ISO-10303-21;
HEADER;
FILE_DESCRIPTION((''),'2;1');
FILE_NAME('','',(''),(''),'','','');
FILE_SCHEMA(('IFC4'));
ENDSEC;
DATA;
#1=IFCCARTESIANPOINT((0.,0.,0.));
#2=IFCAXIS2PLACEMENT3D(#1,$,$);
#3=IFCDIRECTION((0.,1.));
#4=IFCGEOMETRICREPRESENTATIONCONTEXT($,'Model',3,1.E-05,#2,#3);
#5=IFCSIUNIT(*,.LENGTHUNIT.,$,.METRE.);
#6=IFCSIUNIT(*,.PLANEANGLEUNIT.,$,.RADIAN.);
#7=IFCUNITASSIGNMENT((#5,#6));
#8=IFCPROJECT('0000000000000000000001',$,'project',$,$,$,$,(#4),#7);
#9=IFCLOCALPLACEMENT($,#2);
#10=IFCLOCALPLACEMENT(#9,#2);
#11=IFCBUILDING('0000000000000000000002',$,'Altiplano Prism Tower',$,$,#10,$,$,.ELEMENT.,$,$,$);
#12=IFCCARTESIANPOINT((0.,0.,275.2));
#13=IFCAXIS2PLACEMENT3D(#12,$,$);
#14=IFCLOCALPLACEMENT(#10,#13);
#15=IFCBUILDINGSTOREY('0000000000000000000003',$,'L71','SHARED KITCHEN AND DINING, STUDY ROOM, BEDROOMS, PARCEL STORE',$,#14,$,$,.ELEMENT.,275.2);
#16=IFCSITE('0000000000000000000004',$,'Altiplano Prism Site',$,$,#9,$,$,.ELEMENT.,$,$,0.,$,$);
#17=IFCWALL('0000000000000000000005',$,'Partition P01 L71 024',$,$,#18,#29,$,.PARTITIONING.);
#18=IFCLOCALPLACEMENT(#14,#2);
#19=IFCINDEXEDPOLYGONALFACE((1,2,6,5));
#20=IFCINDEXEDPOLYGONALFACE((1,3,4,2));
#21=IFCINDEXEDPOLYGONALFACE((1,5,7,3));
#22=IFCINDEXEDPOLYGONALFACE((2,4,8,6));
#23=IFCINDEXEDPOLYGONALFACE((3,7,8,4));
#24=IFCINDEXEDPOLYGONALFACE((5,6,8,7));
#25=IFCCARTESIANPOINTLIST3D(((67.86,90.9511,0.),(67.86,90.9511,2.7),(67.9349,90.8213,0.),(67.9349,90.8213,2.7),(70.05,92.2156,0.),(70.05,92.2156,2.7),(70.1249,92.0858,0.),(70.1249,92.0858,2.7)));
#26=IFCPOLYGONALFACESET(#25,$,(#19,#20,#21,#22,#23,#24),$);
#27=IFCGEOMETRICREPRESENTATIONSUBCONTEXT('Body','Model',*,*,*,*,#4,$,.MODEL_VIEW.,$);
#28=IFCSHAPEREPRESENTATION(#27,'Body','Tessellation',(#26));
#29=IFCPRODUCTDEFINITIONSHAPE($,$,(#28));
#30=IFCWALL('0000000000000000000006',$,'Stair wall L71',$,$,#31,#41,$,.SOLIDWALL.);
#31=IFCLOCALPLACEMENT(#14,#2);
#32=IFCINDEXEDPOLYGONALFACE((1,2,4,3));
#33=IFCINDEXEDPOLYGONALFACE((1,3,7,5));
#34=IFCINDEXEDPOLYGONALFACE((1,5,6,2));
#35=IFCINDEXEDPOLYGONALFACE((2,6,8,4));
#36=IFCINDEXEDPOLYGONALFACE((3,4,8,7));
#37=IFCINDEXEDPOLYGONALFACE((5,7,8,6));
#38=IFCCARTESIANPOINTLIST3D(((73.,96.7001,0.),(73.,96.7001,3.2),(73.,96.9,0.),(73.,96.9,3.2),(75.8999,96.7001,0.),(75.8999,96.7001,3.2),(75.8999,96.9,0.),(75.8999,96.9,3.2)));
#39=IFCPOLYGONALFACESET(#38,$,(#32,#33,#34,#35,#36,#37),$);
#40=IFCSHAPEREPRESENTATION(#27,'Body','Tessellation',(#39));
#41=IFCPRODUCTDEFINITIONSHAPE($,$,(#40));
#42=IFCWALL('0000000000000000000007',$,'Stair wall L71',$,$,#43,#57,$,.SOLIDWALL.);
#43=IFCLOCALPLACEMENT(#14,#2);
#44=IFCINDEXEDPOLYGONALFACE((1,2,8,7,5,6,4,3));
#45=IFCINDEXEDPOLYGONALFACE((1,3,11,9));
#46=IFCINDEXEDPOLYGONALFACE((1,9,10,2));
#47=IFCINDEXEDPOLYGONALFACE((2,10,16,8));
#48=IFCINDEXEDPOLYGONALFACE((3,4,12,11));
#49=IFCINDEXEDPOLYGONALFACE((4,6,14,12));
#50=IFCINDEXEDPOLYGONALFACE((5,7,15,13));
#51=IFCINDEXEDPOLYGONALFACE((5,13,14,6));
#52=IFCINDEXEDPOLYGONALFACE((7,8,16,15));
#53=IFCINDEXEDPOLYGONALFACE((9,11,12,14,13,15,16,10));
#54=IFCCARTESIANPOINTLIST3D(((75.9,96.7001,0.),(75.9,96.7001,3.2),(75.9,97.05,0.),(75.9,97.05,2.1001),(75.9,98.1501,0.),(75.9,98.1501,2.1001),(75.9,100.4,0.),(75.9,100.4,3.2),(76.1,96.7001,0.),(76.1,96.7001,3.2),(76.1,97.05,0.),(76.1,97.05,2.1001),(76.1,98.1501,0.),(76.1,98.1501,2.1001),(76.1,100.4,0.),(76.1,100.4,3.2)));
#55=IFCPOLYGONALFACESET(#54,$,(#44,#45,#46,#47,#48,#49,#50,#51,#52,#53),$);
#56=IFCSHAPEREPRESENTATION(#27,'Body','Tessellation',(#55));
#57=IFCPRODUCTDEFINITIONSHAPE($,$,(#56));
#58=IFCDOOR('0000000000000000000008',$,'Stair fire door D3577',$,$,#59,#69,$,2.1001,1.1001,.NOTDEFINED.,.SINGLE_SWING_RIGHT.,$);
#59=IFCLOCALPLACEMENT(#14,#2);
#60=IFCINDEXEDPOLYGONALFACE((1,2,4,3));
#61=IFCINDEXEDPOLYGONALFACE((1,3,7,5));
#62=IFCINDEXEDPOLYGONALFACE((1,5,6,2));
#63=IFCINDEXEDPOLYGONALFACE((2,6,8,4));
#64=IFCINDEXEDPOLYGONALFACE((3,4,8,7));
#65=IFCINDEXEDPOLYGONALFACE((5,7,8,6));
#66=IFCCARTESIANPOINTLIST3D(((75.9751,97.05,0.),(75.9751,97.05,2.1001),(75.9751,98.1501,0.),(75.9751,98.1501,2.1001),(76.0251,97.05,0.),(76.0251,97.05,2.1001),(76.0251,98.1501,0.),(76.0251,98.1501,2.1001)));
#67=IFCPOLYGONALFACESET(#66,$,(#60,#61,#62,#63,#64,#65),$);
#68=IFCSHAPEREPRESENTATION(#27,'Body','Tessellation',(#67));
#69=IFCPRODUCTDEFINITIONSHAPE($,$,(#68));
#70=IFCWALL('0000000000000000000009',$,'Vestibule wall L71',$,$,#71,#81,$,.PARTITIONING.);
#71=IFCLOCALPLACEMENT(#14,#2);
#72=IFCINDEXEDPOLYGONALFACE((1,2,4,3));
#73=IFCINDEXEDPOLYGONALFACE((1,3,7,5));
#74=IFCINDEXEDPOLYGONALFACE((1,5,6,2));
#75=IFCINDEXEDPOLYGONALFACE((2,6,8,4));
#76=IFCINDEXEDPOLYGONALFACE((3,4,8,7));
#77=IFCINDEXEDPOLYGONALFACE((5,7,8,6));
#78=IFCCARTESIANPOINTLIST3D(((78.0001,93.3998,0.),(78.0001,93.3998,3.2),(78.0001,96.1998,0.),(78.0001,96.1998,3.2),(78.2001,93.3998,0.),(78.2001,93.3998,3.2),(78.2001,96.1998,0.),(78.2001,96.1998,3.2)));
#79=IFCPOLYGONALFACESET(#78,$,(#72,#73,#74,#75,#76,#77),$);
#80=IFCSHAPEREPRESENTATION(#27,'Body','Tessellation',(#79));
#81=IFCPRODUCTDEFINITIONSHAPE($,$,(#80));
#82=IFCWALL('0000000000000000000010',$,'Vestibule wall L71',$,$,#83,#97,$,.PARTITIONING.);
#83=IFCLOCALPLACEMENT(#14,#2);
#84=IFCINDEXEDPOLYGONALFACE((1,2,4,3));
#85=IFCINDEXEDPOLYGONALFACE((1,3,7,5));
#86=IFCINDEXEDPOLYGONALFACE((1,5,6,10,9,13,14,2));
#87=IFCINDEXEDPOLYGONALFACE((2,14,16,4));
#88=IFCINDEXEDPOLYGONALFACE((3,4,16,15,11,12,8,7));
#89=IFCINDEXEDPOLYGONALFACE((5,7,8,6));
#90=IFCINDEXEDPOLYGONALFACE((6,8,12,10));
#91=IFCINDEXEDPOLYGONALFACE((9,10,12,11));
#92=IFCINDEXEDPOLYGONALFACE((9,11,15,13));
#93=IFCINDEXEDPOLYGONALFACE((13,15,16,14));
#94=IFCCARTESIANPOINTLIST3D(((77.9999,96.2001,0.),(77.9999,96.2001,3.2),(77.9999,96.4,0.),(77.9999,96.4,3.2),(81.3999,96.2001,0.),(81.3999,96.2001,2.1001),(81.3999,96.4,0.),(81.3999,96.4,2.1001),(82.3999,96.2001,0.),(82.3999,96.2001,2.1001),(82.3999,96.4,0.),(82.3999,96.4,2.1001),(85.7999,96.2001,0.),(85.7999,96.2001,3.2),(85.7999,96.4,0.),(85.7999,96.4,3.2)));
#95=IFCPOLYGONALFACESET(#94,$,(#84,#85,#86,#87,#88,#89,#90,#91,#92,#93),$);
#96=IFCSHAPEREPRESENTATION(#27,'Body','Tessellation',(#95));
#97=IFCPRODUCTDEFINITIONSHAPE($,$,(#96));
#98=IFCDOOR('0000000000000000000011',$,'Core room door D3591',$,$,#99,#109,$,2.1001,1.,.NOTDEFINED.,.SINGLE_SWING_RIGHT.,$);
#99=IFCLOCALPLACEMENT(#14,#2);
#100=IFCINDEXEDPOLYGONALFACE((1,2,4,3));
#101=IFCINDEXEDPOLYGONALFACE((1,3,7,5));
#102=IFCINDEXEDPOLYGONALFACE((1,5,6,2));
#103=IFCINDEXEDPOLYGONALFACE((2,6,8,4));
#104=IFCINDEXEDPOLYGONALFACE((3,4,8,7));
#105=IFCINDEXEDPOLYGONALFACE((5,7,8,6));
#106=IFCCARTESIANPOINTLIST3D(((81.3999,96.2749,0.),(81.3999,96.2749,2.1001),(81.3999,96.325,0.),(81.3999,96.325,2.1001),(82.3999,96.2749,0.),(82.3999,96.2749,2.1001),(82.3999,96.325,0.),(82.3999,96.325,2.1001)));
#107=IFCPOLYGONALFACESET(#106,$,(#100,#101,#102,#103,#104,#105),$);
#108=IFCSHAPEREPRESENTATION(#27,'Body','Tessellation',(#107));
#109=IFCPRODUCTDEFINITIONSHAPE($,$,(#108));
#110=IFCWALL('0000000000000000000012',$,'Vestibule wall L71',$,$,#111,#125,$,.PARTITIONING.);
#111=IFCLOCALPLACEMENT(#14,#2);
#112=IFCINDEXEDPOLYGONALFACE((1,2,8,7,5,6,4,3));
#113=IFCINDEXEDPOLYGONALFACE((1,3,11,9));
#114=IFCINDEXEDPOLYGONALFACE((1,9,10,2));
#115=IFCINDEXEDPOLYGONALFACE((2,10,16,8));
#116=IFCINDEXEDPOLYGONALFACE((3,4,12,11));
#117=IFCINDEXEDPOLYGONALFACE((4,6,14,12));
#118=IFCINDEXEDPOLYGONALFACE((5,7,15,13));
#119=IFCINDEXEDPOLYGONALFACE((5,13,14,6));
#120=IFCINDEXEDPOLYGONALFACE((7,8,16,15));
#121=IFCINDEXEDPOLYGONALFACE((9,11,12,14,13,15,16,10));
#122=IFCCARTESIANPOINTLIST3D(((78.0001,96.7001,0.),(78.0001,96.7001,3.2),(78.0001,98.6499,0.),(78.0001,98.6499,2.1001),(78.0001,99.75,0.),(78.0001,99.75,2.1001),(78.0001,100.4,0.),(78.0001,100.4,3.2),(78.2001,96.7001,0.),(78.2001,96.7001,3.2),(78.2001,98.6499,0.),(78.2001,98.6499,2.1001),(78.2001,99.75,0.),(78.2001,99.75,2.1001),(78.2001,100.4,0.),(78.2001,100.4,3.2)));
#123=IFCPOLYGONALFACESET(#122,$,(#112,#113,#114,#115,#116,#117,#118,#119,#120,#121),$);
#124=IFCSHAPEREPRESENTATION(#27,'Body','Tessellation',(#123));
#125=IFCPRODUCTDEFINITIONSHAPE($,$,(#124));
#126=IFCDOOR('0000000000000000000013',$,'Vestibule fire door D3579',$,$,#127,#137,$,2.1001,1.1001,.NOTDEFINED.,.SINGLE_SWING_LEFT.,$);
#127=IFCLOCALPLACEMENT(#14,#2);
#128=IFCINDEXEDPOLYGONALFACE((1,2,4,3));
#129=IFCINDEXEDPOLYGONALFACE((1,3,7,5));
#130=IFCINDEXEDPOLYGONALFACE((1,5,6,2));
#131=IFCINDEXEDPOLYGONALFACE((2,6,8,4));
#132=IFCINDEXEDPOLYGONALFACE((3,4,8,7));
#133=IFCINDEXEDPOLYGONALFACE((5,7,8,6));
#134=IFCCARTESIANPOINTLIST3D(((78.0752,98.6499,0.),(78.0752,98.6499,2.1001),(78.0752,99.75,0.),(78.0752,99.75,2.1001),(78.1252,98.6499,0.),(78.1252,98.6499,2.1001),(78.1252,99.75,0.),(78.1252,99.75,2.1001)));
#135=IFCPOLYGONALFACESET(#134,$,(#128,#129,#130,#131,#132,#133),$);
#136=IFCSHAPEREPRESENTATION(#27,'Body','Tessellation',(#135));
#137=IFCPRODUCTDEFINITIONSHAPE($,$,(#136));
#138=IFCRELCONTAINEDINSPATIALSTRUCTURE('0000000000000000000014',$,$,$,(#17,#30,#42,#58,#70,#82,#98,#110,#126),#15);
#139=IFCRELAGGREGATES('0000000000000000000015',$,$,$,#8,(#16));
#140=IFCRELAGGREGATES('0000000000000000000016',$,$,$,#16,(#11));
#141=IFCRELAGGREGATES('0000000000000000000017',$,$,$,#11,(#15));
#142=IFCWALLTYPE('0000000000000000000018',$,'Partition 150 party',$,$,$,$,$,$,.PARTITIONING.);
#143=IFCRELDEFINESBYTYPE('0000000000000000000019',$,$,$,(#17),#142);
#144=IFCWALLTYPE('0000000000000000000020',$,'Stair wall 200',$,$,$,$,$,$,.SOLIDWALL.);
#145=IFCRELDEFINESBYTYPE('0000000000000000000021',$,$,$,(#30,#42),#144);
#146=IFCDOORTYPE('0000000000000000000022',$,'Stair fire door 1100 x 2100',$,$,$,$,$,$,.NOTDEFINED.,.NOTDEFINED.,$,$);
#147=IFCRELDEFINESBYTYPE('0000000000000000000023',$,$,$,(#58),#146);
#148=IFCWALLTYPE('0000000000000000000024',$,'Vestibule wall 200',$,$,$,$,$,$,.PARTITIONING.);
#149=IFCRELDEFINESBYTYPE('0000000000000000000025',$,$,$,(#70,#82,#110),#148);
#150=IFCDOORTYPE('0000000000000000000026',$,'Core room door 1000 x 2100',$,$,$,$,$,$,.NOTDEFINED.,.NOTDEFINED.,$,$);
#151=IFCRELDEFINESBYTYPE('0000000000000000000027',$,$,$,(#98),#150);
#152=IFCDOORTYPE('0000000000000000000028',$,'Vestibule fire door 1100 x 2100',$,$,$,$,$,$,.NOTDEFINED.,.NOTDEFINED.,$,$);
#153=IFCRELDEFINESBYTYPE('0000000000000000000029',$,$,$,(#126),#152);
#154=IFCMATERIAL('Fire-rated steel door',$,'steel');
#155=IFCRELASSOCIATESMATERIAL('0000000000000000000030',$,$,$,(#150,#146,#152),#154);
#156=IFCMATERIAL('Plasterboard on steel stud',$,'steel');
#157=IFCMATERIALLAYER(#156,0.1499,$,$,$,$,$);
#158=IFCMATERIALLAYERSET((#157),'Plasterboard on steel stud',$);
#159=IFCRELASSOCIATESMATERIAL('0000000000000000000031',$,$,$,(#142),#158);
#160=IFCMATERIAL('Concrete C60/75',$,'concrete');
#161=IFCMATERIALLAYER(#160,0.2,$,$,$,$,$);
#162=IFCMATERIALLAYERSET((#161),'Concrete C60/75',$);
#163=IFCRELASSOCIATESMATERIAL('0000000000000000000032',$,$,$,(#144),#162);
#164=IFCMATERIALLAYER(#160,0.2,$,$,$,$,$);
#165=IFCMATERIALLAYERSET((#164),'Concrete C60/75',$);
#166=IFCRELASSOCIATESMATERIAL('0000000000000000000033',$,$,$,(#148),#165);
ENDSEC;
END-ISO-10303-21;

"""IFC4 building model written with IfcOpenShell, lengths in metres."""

from ifc_helpers import new_model, si_unit, direction, frame, frame_2d, origin, place, context, subcontext, project, spatial, rectangle, extrude, material, layer, layer_set, type_object, element, fill, save


model = new_model("IFC4")

# Units and contexts
model_context = context("Model", 3, precision=1e-05, world=origin(), true_north=direction((0.0, 1.0)))
body_context = subcontext(model_context, "Body", "Model", "MODEL_VIEW")
ifc_project = project(units=[si_unit("LENGTHUNIT", "METRE"), si_unit("PLANEANGLEUNIT", "RADIAN")], contexts=[model_context])

# Site, building, storey
site_placement = place(None, origin())
site = spatial("IfcSite", under=ifc_project, at=site_placement, Name="Altiplano Prism Site", CompositionType="ELEMENT", RefElevation=0.0)
building_placement = place(site_placement, origin())
building = spatial("IfcBuilding", under=site, at=building_placement, Name="Altiplano Prism Tower", CompositionType="ELEMENT")
storey_placement = place(building_placement, frame((0.0, 0.0, 275.2)))
storey = spatial("IfcBuildingStorey", under=building, at=storey_placement, Name="L71", Description="SHARED KITCHEN AND DINING, STUDY ROOM, BEDROOMS, PARCEL STORE", CompositionType="ELEMENT", Elevation=275.2)

# Shared definitions
ifc_material_1 = material(Name="Concrete C60/75", Category="concrete")

# Shared definitions
ifc_material_2 = material(Name="Fire-rated steel door", Category="steel")
door_type_1 = type_object("IfcDoorType", Name="Core room door 1000 x 2100", OperationType="NOTDEFINED", PredefinedType="NOTDEFINED", material=ifc_material_2)

# Walls
ifc_material_3 = material(Name="Plasterboard on steel stud", Category="steel")
ifc_layer_1 = layer(ifc_material_3, 0.1499)
ifc_layer_set_1 = layer_set([ifc_layer_1], Name="Plasterboard on steel stud")
wall_type_1 = type_object("IfcWallType", Name="Partition 150 party", PredefinedType="PARTITIONING", material=ifc_layer_set_1)
wall_1_placement = place(storey_placement, frame((67.8975, 90.8862, 0.0), z_axis=(0.0, 0.0, 1.0), x_axis=(0.866018, 0.500012, 0.0)))
element("IfcWall", 1, at=wall_1_placement, inside=storey, type_object=wall_type_1, Name="Partition P01 L71 024", PredefinedType="PARTITIONING", context=body_context, shape_type="SweptSolid", body=[
    extrude(rectangle(XDim=2.5288, YDim=0.1499, at=frame_2d((1.2644, 0.0))), origin(), (0.0, 0.0, 1.0), 2.7),
])
ifc_layer_2 = layer(ifc_material_1, 0.2)
ifc_layer_set_2 = layer_set([ifc_layer_2], Name="Concrete C60/75")
wall_type_2 = type_object("IfcWallType", Name="Stair wall 200", PredefinedType="SOLIDWALL", material=ifc_layer_set_2)
wall_2_placement = place(storey_placement, frame((73.0, 96.8, 0.0), z_axis=(0.0, 0.0, 1.0), x_axis=(1.0, 0.0, 0.0)))
element("IfcWall", 2, at=wall_2_placement, inside=storey, type_object=wall_type_2, Name="Stair wall L71", PredefinedType="SOLIDWALL", context=body_context, shape_type="SweptSolid", body=[
    extrude(rectangle(XDim=2.8999, YDim=0.2, at=frame_2d((1.45, 0.0))), origin(), (0.0, 0.0, 1.0), 3.2),
])

# Wall, opening, door
wall_3_placement = place(storey_placement, frame((76.0, 96.7, 0.0), z_axis=(0.0, 0.0, 1.0), x_axis=(0.0, 1.0, 0.0)))
wall_3 = element("IfcWall", 3, at=wall_3_placement, inside=storey, type_object=wall_type_2, Name="Stair wall L71", PredefinedType="SOLIDWALL", context=body_context, shape_type="SweptSolid", body=[
    extrude(rectangle(XDim=3.7, YDim=0.2, at=frame_2d((1.8501, 0.0))), origin(), (0.0, 0.0, 1.0), 3.2),
])
opening_1_placement = place(wall_3_placement, frame((0.3501, 0.0, 0.0)))
opening_1 = element("IfcOpeningElement", 4, at=opening_1_placement, cuts=wall_3, PredefinedType="OPENING", context=body_context, shape_type="SweptSolid", body=[
    extrude(rectangle(XDim=1.1001, YDim=2.1001, at=frame_2d((0.55, 1.05))), frame((0.0, 0.1104, 0.0), z_axis=(0.0, -1.0, 0.0), x_axis=(1.0, 0.0, 0.0)), (0.0, 0.0, 1.0), 0.2209),
])
door_type_2 = type_object("IfcDoorType", Name="Stair fire door 1100 x 2100", OperationType="NOTDEFINED", PredefinedType="NOTDEFINED", material=ifc_material_2)
door_1_placement = place(opening_1_placement, origin())
door_1 = element("IfcDoor", 5, at=door_1_placement, inside=storey, type_object=door_type_2, Name="Stair fire door D3577", OperationType="SINGLE_SWING_RIGHT", OverallHeight=2.1001, OverallWidth=1.1001, PredefinedType="NOTDEFINED", context=body_context, shape_type="SweptSolid", body=[
    extrude(rectangle(XDim=1.1001, YDim=2.1001, at=frame_2d((0.55, 1.05))), frame((0.0, 0.0249, 0.0), z_axis=(0.0, -1.0, 0.0), x_axis=(1.0, 0.0, 0.0)), (0.0, 0.0, 1.0), 0.05),
])
fill(opening_1, door_1)

# Wall
ifc_layer_3 = layer(ifc_material_1, 0.2)
ifc_layer_set_3 = layer_set([ifc_layer_3], Name="Concrete C60/75")
wall_type_3 = type_object("IfcWallType", Name="Vestibule wall 200", PredefinedType="PARTITIONING", material=ifc_layer_set_3)
wall_4_placement = place(storey_placement, frame((78.1001, 93.3999, 0.0), z_axis=(0.0, 0.0, 1.0), x_axis=(0.0, 1.0, 0.0)))
element("IfcWall", 6, at=wall_4_placement, inside=storey, type_object=wall_type_3, Name="Vestibule wall L71", PredefinedType="PARTITIONING", context=body_context, shape_type="SweptSolid", body=[
    extrude(rectangle(XDim=2.8, YDim=0.2, at=frame_2d((1.3999, 0.0))), origin(), (0.0, 0.0, 1.0), 3.2),
])

# Walls, openings, doors
wall_5_placement = place(storey_placement, frame((78.0, 96.3, 0.0), z_axis=(0.0, 0.0, 1.0), x_axis=(1.0, 0.0, 0.0)))
wall_5 = element("IfcWall", 7, at=wall_5_placement, inside=storey, type_object=wall_type_3, Name="Vestibule wall L71", PredefinedType="PARTITIONING", context=body_context, shape_type="SweptSolid", body=[
    extrude(rectangle(XDim=7.8, YDim=0.2, at=frame_2d((3.8999, 0.0))), origin(), (0.0, 0.0, 1.0), 3.2),
])
opening_2_placement = place(wall_5_placement, frame((3.3999, 0.0, 0.0)))
opening_2 = element("IfcOpeningElement", 8, at=opening_2_placement, cuts=wall_5, PredefinedType="OPENING", context=body_context, shape_type="SweptSolid", body=[
    extrude(rectangle(XDim=1.0, YDim=2.1001, at=frame_2d((0.5, 1.05))), frame((0.0, 0.1104, 0.0), z_axis=(0.0, -1.0, 0.0), x_axis=(1.0, 0.0, 0.0)), (0.0, 0.0, 1.0), 0.2209),
])
door_2_placement = place(opening_2_placement, origin())
door_2 = element("IfcDoor", 9, at=door_2_placement, inside=storey, type_object=door_type_1, Name="Core room door D3591", OperationType="SINGLE_SWING_RIGHT", OverallHeight=2.1001, OverallWidth=1.0, PredefinedType="NOTDEFINED", context=body_context, shape_type="SweptSolid", body=[
    extrude(rectangle(XDim=1.0, YDim=2.1001, at=frame_2d((0.5, 1.05))), frame((0.0, 0.0249, 0.0), z_axis=(0.0, -1.0, 0.0), x_axis=(1.0, 0.0, 0.0)), (0.0, 0.0, 1.0), 0.05),
])
fill(opening_2, door_2)
wall_6_placement = place(storey_placement, frame((78.1001, 96.7, 0.0), z_axis=(0.0, 0.0, 1.0), x_axis=(0.0, 1.0, 0.0)))
wall_6 = element("IfcWall", 10, at=wall_6_placement, inside=storey, type_object=wall_type_3, Name="Vestibule wall L71", PredefinedType="PARTITIONING", context=body_context, shape_type="SweptSolid", body=[
    extrude(rectangle(XDim=3.7, YDim=0.2, at=frame_2d((1.8501, 0.0))), origin(), (0.0, 0.0, 1.0), 3.2),
])
opening_3_placement = place(wall_6_placement, frame((1.95, 0.0, 0.0)))
opening_3 = element("IfcOpeningElement", 11, at=opening_3_placement, cuts=wall_6, PredefinedType="OPENING", context=body_context, shape_type="SweptSolid", body=[
    extrude(rectangle(XDim=1.1001, YDim=2.1001, at=frame_2d((0.55, 1.05))), frame((0.0, 0.1104, 0.0), z_axis=(0.0, -1.0, 0.0), x_axis=(1.0, 0.0, 0.0)), (0.0, 0.0, 1.0), 0.2209),
])
door_type_3 = type_object("IfcDoorType", Name="Vestibule fire door 1100 x 2100", OperationType="NOTDEFINED", PredefinedType="NOTDEFINED", material=ifc_material_2)
door_3_placement = place(opening_3_placement, origin())
door_3 = element("IfcDoor", 12, at=door_3_placement, inside=storey, type_object=door_type_3, Name="Vestibule fire door D3579", OperationType="SINGLE_SWING_LEFT", OverallHeight=2.1001, OverallWidth=1.1001, PredefinedType="NOTDEFINED", context=body_context, shape_type="SweptSolid", body=[
    extrude(rectangle(XDim=1.1001, YDim=2.1001, at=frame_2d((0.55, 1.05))), frame((0.0, 0.0249, 0.0), z_axis=(0.0, -1.0, 0.0), x_axis=(1.0, 0.0, 0.0)), (0.0, 0.0, 1.0), 0.05),
])
fill(opening_3, door_3)

save(model, "model.ifc")
